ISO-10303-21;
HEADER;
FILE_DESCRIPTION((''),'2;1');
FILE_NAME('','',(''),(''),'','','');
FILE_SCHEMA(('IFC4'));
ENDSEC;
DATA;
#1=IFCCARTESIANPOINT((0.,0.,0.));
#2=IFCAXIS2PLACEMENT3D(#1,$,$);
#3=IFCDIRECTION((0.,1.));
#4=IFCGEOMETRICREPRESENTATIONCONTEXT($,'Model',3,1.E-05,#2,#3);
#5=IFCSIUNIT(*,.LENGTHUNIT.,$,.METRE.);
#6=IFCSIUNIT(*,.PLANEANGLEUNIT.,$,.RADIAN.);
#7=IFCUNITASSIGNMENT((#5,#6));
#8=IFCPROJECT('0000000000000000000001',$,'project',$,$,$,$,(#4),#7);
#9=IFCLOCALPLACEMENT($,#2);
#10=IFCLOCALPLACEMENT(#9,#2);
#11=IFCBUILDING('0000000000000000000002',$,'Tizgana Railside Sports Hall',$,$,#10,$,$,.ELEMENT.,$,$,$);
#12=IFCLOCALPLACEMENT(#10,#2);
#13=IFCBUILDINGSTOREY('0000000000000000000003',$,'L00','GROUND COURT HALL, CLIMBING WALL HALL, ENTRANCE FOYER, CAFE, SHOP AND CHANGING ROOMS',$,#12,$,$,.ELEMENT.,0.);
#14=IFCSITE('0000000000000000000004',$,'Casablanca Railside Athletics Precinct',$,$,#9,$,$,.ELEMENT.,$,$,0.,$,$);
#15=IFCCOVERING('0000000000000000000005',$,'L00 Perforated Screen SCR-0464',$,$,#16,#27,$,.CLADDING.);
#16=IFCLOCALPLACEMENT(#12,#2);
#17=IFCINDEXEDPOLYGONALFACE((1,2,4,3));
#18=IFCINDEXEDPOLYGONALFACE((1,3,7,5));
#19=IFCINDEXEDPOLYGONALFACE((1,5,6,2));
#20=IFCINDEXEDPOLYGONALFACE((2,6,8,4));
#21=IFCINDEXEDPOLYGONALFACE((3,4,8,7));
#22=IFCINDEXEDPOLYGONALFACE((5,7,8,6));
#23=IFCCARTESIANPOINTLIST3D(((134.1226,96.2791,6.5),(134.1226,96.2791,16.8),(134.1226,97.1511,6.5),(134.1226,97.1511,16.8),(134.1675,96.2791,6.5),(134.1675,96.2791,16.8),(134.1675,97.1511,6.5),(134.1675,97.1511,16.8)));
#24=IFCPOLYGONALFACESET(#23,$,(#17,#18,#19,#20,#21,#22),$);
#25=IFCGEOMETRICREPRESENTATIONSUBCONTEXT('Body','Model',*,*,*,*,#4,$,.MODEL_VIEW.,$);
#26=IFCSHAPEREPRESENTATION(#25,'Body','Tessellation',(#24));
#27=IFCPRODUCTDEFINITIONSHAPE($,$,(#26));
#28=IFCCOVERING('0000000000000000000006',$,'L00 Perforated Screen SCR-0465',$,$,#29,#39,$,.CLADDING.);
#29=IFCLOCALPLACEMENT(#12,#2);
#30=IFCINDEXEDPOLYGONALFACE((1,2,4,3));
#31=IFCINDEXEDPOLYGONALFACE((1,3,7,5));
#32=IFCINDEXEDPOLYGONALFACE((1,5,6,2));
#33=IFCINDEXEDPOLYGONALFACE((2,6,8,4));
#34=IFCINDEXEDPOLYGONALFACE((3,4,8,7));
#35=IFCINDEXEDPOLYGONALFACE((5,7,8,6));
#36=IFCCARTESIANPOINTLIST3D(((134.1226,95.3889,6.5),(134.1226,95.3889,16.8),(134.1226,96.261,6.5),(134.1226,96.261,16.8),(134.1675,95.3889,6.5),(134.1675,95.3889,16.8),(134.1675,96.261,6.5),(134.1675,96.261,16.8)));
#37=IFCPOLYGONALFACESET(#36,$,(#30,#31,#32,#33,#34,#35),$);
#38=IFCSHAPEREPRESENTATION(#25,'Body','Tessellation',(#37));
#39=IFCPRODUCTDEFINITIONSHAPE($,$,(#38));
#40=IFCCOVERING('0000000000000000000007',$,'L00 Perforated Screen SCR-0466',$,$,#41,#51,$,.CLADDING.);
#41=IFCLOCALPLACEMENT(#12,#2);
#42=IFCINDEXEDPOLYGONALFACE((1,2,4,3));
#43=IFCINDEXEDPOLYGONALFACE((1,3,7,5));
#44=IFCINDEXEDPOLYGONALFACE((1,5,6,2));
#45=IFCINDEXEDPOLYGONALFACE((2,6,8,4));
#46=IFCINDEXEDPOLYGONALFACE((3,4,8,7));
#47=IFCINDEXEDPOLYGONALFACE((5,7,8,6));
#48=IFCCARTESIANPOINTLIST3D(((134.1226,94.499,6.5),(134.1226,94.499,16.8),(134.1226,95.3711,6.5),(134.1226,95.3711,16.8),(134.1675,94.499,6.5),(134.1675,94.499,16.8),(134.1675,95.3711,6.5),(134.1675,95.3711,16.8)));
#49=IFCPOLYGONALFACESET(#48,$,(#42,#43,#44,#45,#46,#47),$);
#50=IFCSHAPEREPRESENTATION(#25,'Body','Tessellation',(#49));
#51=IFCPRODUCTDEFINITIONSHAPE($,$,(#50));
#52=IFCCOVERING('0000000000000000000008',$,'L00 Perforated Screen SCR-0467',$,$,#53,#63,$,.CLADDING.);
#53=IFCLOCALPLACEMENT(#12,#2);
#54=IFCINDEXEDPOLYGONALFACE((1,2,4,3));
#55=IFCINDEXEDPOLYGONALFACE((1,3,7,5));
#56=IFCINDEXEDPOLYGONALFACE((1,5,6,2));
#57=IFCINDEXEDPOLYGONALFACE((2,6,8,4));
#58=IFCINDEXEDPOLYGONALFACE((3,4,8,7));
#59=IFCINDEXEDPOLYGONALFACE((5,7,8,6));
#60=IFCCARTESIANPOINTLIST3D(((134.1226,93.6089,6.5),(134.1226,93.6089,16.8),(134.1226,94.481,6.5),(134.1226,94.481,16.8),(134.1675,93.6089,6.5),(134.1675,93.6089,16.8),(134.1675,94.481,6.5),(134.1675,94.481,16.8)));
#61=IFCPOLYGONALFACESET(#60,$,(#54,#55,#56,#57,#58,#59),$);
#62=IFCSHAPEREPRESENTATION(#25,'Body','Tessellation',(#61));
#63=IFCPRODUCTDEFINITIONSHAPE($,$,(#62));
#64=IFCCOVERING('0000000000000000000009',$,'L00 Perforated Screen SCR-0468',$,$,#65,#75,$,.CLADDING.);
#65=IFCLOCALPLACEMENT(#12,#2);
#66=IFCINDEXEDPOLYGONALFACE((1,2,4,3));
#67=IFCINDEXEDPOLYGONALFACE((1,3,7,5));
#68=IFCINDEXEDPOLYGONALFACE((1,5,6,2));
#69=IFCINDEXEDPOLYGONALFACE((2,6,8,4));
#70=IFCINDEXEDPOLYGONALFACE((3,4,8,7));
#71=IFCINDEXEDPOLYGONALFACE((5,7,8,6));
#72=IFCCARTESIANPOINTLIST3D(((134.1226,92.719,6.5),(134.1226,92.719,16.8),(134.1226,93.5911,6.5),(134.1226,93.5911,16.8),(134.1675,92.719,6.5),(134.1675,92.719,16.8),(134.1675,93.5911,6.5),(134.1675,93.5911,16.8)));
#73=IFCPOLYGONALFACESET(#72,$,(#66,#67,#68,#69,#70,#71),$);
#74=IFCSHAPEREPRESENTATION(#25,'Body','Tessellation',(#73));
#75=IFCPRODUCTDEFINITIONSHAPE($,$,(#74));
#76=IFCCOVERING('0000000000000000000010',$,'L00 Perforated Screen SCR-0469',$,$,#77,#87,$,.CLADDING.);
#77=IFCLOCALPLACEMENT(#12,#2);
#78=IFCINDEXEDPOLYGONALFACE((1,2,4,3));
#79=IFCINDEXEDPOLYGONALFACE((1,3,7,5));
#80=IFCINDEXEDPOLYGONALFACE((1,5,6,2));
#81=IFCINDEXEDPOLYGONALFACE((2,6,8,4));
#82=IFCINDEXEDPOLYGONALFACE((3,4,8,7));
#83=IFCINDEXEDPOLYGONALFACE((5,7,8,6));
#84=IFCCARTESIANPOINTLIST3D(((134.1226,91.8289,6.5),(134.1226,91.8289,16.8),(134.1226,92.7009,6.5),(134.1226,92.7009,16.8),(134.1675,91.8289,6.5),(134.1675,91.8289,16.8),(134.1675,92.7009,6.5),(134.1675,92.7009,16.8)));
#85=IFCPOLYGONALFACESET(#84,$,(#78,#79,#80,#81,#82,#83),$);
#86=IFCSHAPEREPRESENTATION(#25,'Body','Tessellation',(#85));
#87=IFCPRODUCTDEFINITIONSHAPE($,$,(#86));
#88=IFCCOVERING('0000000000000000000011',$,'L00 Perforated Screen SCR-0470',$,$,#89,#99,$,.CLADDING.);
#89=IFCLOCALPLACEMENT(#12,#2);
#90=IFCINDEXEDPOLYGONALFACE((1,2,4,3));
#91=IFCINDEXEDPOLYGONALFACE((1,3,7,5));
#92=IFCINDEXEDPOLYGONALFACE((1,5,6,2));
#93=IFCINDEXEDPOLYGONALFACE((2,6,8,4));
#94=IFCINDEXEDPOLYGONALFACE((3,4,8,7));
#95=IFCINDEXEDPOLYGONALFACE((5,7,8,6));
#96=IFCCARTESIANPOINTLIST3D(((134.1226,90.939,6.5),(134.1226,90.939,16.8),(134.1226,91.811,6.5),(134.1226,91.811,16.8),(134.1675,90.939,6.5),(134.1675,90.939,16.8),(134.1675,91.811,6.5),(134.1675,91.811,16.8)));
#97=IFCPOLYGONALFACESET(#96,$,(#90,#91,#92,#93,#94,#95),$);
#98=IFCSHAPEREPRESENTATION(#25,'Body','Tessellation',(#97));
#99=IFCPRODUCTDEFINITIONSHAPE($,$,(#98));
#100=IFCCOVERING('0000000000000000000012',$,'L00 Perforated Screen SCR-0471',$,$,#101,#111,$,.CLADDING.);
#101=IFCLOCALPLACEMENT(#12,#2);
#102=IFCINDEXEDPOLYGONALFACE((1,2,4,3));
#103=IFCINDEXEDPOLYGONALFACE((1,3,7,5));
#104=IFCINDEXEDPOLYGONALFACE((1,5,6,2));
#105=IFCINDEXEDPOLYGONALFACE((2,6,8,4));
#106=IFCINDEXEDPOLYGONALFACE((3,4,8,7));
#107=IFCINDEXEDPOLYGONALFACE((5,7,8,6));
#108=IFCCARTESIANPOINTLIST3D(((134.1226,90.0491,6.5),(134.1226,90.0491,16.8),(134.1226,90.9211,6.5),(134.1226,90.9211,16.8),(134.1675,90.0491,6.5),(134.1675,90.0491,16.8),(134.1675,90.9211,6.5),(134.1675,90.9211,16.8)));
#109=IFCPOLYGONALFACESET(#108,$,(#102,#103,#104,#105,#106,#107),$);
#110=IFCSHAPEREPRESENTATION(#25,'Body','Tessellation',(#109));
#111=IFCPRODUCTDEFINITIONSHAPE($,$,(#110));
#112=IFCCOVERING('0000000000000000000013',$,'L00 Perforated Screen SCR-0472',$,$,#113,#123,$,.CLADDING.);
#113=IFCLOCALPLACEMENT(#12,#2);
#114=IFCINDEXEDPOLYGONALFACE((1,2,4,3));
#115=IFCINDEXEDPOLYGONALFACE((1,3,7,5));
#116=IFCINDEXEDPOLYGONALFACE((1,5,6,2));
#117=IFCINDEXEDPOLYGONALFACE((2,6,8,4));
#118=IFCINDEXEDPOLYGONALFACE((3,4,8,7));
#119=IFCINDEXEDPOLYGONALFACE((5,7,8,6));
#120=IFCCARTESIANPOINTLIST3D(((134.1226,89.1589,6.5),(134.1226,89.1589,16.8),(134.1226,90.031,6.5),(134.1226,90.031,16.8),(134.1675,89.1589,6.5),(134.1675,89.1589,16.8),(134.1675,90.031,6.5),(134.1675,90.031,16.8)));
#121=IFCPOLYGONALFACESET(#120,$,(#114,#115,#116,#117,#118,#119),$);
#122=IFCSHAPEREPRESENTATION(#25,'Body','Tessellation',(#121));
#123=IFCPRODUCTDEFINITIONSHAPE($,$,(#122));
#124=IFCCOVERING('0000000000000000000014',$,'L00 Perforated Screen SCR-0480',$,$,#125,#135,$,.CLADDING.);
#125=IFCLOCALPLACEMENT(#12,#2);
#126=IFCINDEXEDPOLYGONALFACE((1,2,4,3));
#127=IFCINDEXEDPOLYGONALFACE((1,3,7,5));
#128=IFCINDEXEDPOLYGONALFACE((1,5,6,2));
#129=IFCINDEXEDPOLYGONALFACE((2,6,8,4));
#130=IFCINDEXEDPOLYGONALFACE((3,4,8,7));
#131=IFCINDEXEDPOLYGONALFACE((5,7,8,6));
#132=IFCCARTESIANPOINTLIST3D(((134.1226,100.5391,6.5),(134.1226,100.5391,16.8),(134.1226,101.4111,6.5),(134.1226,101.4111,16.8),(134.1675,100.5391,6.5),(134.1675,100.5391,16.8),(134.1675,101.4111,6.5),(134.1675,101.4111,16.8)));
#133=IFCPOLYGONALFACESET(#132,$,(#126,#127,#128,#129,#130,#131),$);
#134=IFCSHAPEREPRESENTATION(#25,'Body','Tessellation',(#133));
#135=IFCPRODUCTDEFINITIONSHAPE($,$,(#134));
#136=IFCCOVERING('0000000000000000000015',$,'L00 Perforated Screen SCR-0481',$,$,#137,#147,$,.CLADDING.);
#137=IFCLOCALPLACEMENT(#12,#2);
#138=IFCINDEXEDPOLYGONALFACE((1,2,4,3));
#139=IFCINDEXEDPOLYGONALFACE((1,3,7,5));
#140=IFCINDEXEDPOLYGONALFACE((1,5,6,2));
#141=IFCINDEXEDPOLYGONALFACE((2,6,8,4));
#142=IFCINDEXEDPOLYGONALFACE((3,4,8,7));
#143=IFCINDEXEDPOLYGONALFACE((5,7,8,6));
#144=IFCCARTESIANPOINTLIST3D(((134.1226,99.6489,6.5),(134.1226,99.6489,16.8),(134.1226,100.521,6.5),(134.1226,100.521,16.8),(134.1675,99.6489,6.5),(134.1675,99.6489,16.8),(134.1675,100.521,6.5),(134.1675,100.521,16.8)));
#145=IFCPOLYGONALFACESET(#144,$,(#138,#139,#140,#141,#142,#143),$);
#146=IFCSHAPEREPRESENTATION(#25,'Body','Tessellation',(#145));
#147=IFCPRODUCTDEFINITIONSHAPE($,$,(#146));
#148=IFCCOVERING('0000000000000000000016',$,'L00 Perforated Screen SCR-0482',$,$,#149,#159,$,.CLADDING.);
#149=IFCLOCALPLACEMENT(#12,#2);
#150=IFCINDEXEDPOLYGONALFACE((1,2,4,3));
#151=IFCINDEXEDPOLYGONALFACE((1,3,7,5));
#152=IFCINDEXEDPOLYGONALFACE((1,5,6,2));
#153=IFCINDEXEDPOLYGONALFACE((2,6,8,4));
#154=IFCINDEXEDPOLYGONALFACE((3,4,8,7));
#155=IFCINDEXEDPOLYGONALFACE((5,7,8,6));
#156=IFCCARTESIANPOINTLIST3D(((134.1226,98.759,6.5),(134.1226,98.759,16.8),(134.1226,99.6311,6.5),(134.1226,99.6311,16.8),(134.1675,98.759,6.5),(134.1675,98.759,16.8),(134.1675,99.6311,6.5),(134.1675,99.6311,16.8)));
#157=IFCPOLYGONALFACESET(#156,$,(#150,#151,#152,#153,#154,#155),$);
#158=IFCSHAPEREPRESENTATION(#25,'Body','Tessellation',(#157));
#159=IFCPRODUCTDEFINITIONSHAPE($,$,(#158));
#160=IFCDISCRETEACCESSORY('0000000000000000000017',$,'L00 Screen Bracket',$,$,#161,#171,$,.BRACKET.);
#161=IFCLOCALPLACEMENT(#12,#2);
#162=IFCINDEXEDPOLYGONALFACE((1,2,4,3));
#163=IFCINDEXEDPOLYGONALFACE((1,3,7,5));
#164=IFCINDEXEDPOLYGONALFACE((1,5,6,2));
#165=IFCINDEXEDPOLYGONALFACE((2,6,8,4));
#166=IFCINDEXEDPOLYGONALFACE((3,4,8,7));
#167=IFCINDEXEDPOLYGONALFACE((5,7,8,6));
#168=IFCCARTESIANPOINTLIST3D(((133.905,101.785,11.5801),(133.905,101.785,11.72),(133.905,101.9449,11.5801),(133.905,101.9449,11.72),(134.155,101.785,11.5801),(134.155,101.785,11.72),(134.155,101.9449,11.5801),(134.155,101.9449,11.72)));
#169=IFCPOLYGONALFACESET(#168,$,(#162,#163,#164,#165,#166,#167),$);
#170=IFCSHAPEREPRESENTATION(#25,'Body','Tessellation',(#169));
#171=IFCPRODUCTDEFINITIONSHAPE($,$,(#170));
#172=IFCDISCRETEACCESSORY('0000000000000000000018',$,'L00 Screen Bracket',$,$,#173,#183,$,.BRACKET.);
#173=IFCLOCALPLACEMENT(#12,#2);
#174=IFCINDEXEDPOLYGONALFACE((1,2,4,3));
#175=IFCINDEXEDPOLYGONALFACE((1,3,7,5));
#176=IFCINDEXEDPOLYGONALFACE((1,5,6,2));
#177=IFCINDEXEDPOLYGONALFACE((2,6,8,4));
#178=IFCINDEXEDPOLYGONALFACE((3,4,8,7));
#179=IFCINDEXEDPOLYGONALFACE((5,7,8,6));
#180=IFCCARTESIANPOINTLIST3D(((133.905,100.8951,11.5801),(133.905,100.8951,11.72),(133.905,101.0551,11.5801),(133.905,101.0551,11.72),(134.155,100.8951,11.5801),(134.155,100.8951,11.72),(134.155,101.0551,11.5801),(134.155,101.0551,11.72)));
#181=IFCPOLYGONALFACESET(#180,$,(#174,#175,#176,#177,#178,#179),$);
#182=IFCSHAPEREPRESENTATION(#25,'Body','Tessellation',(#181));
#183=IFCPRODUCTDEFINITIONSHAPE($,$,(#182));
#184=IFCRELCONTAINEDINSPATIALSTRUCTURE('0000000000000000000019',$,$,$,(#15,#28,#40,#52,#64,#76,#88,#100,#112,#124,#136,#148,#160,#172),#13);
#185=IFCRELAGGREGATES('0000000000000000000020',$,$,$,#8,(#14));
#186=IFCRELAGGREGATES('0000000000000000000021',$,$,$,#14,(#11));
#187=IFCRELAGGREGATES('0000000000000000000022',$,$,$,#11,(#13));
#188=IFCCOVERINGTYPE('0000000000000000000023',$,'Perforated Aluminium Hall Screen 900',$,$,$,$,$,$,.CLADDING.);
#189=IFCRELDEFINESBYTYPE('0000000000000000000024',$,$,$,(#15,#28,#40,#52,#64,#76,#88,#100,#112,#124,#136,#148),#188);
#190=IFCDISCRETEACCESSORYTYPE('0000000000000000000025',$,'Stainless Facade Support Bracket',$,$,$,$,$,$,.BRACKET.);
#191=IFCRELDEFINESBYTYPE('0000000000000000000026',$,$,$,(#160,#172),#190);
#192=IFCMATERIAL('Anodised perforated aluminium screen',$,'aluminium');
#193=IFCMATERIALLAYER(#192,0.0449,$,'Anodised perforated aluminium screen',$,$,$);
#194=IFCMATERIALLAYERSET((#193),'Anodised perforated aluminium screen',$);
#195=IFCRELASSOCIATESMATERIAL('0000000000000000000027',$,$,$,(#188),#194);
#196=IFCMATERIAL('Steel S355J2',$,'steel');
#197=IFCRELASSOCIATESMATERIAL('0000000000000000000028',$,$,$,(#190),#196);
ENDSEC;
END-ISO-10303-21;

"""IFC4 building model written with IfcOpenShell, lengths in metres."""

from ifc_helpers import new_model, si_unit, direction, frame, origin, origin_2d, place, context, subcontext, project, spatial, rectangle, extrude, material, layer, layer_set, type_object, element, save


model = new_model("IFC4")

# Units and contexts
model_context = context("Model", 3, precision=1e-05, world=origin(), true_north=direction((0.0, 1.0)))
body_context = subcontext(model_context, "Body", "Model", "MODEL_VIEW")
ifc_project = project(units=[si_unit("LENGTHUNIT", "METRE"), si_unit("PLANEANGLEUNIT", "RADIAN")], contexts=[model_context])

# Site, building, storey
site_placement = place(None, origin())
site = spatial("IfcSite", under=ifc_project, at=site_placement, Name="Casablanca Railside Athletics Precinct", CompositionType="ELEMENT", RefElevation=0.0)
building_placement = place(site_placement, origin())
building = spatial("IfcBuilding", under=site, at=building_placement, Name="Tizgana Railside Sports Hall", CompositionType="ELEMENT")
storey_placement = place(building_placement, origin())
storey = spatial("IfcBuildingStorey", under=building, at=storey_placement, Name="L00", Description="GROUND COURT HALL, CLIMBING WALL HALL, ENTRANCE FOYER, CAFE, SHOP AND CHANGING ROOMS", CompositionType="ELEMENT", Elevation=0.0)

# Coverings
ifc_material_1 = material(Name="Anodised perforated aluminium screen", Category="aluminium")
ifc_layer_1 = layer(ifc_material_1, 0.0449, Name="Anodised perforated aluminium screen")
ifc_layer_set_1 = layer_set([ifc_layer_1], Name="Anodised perforated aluminium screen")
covering_type = type_object("IfcCoveringType", Name="Perforated Aluminium Hall Screen 900", PredefinedType="CLADDING", material=ifc_layer_set_1)
for number, where, z_axis, x_axis, name in (
    (1, (134.145, 96.7151, 6.5), (0.0, 0.0, 1.0), (0.0, -1.0, 0.0), "L00 Perforated Screen SCR-0464"),
    (2, (134.145, 95.825, 6.5), (0.0, 0.0, 1.0), (0.0, -1.0, 0.0), "L00 Perforated Screen SCR-0465"),
    (3, (134.145, 94.9351, 6.5), (0.0, 0.0, 1.0), (0.0, -1.0, 0.0), "L00 Perforated Screen SCR-0466"),
    (4, (134.145, 94.0449, 6.5), (0.0, 0.0, 1.0), (0.0, -1.0, 0.0), "L00 Perforated Screen SCR-0467"),
    (5, (134.145, 93.155, 6.5), (0.0, 0.0, 1.0), (0.0, -1.0, 0.0), "L00 Perforated Screen SCR-0468"),
    (6, (134.145, 92.2649, 6.5), (0.0, 0.0, 1.0), (0.0, -1.0, 0.0), "L00 Perforated Screen SCR-0469"),
    (7, (134.145, 91.375, 6.5), (0.0, 0.0, 1.0), (0.0, -1.0, 0.0), "L00 Perforated Screen SCR-0470"),
    (8, (134.145, 90.4851, 6.5), (0.0, 0.0, 1.0), (0.0, -1.0, 0.0), "L00 Perforated Screen SCR-0471"),
    (9, (134.145, 89.595, 6.5), (0.0, 0.0, 1.0), (0.0, -1.0, 0.0), "L00 Perforated Screen SCR-0472"),
    (10, (134.145, 100.9751, 6.5), (0.0, 0.0, 1.0), (0.0, -1.0, 0.0), "L00 Perforated Screen SCR-0480"),
    (11, (134.145, 100.085, 6.5), (0.0, 0.0, 1.0), (0.0, -1.0, 0.0), "L00 Perforated Screen SCR-0481"),
    (12, (134.145, 99.1951, 6.5), (0.0, 0.0, 1.0), (0.0, -1.0, 0.0), "L00 Perforated Screen SCR-0482"),
):
    element("IfcCovering", number, at=place(storey_placement, frame(where, z_axis=z_axis, x_axis=x_axis)), inside=storey, type_object=covering_type, Name=name, PredefinedType="CLADDING", context=body_context, shape_type="SweptSolid", body=[
        extrude(rectangle(XDim=0.8721, YDim=0.0449, at=origin_2d()), origin(), (0.0, 0.0, 1.0), 10.3),
    ])

# Discrete accessories
ifc_material_2 = material(Name="Steel S355J2", Category="steel")
discrete_accessory_type = type_object("IfcDiscreteAccessoryType", Name="Stainless Facade Support Bracket", PredefinedType="BRACKET", material=ifc_material_2)
for number, where, z_axis, x_axis, name in (
    (13, (134.03, 101.865, 11.5801), (0.0, 0.0, 1.0), (0.0, -1.0, 0.0), "L00 Screen Bracket"),
    (14, (134.03, 100.9751, 11.5801), (0.0, 0.0, 1.0), (0.0, -1.0, 0.0), "L00 Screen Bracket"),
):
    element("IfcDiscreteAccessory", number, at=place(storey_placement, frame(where, z_axis=z_axis, x_axis=x_axis)), inside=storey, type_object=discrete_accessory_type, Name=name, PredefinedType="BRACKET", context=body_context, shape_type="SweptSolid", body=[
        extrude(rectangle(XDim=0.1599, YDim=0.25, at=origin_2d()), origin(), (0.0, 0.0, 1.0), 0.1399),
    ])

save(model, "model.ifc")
